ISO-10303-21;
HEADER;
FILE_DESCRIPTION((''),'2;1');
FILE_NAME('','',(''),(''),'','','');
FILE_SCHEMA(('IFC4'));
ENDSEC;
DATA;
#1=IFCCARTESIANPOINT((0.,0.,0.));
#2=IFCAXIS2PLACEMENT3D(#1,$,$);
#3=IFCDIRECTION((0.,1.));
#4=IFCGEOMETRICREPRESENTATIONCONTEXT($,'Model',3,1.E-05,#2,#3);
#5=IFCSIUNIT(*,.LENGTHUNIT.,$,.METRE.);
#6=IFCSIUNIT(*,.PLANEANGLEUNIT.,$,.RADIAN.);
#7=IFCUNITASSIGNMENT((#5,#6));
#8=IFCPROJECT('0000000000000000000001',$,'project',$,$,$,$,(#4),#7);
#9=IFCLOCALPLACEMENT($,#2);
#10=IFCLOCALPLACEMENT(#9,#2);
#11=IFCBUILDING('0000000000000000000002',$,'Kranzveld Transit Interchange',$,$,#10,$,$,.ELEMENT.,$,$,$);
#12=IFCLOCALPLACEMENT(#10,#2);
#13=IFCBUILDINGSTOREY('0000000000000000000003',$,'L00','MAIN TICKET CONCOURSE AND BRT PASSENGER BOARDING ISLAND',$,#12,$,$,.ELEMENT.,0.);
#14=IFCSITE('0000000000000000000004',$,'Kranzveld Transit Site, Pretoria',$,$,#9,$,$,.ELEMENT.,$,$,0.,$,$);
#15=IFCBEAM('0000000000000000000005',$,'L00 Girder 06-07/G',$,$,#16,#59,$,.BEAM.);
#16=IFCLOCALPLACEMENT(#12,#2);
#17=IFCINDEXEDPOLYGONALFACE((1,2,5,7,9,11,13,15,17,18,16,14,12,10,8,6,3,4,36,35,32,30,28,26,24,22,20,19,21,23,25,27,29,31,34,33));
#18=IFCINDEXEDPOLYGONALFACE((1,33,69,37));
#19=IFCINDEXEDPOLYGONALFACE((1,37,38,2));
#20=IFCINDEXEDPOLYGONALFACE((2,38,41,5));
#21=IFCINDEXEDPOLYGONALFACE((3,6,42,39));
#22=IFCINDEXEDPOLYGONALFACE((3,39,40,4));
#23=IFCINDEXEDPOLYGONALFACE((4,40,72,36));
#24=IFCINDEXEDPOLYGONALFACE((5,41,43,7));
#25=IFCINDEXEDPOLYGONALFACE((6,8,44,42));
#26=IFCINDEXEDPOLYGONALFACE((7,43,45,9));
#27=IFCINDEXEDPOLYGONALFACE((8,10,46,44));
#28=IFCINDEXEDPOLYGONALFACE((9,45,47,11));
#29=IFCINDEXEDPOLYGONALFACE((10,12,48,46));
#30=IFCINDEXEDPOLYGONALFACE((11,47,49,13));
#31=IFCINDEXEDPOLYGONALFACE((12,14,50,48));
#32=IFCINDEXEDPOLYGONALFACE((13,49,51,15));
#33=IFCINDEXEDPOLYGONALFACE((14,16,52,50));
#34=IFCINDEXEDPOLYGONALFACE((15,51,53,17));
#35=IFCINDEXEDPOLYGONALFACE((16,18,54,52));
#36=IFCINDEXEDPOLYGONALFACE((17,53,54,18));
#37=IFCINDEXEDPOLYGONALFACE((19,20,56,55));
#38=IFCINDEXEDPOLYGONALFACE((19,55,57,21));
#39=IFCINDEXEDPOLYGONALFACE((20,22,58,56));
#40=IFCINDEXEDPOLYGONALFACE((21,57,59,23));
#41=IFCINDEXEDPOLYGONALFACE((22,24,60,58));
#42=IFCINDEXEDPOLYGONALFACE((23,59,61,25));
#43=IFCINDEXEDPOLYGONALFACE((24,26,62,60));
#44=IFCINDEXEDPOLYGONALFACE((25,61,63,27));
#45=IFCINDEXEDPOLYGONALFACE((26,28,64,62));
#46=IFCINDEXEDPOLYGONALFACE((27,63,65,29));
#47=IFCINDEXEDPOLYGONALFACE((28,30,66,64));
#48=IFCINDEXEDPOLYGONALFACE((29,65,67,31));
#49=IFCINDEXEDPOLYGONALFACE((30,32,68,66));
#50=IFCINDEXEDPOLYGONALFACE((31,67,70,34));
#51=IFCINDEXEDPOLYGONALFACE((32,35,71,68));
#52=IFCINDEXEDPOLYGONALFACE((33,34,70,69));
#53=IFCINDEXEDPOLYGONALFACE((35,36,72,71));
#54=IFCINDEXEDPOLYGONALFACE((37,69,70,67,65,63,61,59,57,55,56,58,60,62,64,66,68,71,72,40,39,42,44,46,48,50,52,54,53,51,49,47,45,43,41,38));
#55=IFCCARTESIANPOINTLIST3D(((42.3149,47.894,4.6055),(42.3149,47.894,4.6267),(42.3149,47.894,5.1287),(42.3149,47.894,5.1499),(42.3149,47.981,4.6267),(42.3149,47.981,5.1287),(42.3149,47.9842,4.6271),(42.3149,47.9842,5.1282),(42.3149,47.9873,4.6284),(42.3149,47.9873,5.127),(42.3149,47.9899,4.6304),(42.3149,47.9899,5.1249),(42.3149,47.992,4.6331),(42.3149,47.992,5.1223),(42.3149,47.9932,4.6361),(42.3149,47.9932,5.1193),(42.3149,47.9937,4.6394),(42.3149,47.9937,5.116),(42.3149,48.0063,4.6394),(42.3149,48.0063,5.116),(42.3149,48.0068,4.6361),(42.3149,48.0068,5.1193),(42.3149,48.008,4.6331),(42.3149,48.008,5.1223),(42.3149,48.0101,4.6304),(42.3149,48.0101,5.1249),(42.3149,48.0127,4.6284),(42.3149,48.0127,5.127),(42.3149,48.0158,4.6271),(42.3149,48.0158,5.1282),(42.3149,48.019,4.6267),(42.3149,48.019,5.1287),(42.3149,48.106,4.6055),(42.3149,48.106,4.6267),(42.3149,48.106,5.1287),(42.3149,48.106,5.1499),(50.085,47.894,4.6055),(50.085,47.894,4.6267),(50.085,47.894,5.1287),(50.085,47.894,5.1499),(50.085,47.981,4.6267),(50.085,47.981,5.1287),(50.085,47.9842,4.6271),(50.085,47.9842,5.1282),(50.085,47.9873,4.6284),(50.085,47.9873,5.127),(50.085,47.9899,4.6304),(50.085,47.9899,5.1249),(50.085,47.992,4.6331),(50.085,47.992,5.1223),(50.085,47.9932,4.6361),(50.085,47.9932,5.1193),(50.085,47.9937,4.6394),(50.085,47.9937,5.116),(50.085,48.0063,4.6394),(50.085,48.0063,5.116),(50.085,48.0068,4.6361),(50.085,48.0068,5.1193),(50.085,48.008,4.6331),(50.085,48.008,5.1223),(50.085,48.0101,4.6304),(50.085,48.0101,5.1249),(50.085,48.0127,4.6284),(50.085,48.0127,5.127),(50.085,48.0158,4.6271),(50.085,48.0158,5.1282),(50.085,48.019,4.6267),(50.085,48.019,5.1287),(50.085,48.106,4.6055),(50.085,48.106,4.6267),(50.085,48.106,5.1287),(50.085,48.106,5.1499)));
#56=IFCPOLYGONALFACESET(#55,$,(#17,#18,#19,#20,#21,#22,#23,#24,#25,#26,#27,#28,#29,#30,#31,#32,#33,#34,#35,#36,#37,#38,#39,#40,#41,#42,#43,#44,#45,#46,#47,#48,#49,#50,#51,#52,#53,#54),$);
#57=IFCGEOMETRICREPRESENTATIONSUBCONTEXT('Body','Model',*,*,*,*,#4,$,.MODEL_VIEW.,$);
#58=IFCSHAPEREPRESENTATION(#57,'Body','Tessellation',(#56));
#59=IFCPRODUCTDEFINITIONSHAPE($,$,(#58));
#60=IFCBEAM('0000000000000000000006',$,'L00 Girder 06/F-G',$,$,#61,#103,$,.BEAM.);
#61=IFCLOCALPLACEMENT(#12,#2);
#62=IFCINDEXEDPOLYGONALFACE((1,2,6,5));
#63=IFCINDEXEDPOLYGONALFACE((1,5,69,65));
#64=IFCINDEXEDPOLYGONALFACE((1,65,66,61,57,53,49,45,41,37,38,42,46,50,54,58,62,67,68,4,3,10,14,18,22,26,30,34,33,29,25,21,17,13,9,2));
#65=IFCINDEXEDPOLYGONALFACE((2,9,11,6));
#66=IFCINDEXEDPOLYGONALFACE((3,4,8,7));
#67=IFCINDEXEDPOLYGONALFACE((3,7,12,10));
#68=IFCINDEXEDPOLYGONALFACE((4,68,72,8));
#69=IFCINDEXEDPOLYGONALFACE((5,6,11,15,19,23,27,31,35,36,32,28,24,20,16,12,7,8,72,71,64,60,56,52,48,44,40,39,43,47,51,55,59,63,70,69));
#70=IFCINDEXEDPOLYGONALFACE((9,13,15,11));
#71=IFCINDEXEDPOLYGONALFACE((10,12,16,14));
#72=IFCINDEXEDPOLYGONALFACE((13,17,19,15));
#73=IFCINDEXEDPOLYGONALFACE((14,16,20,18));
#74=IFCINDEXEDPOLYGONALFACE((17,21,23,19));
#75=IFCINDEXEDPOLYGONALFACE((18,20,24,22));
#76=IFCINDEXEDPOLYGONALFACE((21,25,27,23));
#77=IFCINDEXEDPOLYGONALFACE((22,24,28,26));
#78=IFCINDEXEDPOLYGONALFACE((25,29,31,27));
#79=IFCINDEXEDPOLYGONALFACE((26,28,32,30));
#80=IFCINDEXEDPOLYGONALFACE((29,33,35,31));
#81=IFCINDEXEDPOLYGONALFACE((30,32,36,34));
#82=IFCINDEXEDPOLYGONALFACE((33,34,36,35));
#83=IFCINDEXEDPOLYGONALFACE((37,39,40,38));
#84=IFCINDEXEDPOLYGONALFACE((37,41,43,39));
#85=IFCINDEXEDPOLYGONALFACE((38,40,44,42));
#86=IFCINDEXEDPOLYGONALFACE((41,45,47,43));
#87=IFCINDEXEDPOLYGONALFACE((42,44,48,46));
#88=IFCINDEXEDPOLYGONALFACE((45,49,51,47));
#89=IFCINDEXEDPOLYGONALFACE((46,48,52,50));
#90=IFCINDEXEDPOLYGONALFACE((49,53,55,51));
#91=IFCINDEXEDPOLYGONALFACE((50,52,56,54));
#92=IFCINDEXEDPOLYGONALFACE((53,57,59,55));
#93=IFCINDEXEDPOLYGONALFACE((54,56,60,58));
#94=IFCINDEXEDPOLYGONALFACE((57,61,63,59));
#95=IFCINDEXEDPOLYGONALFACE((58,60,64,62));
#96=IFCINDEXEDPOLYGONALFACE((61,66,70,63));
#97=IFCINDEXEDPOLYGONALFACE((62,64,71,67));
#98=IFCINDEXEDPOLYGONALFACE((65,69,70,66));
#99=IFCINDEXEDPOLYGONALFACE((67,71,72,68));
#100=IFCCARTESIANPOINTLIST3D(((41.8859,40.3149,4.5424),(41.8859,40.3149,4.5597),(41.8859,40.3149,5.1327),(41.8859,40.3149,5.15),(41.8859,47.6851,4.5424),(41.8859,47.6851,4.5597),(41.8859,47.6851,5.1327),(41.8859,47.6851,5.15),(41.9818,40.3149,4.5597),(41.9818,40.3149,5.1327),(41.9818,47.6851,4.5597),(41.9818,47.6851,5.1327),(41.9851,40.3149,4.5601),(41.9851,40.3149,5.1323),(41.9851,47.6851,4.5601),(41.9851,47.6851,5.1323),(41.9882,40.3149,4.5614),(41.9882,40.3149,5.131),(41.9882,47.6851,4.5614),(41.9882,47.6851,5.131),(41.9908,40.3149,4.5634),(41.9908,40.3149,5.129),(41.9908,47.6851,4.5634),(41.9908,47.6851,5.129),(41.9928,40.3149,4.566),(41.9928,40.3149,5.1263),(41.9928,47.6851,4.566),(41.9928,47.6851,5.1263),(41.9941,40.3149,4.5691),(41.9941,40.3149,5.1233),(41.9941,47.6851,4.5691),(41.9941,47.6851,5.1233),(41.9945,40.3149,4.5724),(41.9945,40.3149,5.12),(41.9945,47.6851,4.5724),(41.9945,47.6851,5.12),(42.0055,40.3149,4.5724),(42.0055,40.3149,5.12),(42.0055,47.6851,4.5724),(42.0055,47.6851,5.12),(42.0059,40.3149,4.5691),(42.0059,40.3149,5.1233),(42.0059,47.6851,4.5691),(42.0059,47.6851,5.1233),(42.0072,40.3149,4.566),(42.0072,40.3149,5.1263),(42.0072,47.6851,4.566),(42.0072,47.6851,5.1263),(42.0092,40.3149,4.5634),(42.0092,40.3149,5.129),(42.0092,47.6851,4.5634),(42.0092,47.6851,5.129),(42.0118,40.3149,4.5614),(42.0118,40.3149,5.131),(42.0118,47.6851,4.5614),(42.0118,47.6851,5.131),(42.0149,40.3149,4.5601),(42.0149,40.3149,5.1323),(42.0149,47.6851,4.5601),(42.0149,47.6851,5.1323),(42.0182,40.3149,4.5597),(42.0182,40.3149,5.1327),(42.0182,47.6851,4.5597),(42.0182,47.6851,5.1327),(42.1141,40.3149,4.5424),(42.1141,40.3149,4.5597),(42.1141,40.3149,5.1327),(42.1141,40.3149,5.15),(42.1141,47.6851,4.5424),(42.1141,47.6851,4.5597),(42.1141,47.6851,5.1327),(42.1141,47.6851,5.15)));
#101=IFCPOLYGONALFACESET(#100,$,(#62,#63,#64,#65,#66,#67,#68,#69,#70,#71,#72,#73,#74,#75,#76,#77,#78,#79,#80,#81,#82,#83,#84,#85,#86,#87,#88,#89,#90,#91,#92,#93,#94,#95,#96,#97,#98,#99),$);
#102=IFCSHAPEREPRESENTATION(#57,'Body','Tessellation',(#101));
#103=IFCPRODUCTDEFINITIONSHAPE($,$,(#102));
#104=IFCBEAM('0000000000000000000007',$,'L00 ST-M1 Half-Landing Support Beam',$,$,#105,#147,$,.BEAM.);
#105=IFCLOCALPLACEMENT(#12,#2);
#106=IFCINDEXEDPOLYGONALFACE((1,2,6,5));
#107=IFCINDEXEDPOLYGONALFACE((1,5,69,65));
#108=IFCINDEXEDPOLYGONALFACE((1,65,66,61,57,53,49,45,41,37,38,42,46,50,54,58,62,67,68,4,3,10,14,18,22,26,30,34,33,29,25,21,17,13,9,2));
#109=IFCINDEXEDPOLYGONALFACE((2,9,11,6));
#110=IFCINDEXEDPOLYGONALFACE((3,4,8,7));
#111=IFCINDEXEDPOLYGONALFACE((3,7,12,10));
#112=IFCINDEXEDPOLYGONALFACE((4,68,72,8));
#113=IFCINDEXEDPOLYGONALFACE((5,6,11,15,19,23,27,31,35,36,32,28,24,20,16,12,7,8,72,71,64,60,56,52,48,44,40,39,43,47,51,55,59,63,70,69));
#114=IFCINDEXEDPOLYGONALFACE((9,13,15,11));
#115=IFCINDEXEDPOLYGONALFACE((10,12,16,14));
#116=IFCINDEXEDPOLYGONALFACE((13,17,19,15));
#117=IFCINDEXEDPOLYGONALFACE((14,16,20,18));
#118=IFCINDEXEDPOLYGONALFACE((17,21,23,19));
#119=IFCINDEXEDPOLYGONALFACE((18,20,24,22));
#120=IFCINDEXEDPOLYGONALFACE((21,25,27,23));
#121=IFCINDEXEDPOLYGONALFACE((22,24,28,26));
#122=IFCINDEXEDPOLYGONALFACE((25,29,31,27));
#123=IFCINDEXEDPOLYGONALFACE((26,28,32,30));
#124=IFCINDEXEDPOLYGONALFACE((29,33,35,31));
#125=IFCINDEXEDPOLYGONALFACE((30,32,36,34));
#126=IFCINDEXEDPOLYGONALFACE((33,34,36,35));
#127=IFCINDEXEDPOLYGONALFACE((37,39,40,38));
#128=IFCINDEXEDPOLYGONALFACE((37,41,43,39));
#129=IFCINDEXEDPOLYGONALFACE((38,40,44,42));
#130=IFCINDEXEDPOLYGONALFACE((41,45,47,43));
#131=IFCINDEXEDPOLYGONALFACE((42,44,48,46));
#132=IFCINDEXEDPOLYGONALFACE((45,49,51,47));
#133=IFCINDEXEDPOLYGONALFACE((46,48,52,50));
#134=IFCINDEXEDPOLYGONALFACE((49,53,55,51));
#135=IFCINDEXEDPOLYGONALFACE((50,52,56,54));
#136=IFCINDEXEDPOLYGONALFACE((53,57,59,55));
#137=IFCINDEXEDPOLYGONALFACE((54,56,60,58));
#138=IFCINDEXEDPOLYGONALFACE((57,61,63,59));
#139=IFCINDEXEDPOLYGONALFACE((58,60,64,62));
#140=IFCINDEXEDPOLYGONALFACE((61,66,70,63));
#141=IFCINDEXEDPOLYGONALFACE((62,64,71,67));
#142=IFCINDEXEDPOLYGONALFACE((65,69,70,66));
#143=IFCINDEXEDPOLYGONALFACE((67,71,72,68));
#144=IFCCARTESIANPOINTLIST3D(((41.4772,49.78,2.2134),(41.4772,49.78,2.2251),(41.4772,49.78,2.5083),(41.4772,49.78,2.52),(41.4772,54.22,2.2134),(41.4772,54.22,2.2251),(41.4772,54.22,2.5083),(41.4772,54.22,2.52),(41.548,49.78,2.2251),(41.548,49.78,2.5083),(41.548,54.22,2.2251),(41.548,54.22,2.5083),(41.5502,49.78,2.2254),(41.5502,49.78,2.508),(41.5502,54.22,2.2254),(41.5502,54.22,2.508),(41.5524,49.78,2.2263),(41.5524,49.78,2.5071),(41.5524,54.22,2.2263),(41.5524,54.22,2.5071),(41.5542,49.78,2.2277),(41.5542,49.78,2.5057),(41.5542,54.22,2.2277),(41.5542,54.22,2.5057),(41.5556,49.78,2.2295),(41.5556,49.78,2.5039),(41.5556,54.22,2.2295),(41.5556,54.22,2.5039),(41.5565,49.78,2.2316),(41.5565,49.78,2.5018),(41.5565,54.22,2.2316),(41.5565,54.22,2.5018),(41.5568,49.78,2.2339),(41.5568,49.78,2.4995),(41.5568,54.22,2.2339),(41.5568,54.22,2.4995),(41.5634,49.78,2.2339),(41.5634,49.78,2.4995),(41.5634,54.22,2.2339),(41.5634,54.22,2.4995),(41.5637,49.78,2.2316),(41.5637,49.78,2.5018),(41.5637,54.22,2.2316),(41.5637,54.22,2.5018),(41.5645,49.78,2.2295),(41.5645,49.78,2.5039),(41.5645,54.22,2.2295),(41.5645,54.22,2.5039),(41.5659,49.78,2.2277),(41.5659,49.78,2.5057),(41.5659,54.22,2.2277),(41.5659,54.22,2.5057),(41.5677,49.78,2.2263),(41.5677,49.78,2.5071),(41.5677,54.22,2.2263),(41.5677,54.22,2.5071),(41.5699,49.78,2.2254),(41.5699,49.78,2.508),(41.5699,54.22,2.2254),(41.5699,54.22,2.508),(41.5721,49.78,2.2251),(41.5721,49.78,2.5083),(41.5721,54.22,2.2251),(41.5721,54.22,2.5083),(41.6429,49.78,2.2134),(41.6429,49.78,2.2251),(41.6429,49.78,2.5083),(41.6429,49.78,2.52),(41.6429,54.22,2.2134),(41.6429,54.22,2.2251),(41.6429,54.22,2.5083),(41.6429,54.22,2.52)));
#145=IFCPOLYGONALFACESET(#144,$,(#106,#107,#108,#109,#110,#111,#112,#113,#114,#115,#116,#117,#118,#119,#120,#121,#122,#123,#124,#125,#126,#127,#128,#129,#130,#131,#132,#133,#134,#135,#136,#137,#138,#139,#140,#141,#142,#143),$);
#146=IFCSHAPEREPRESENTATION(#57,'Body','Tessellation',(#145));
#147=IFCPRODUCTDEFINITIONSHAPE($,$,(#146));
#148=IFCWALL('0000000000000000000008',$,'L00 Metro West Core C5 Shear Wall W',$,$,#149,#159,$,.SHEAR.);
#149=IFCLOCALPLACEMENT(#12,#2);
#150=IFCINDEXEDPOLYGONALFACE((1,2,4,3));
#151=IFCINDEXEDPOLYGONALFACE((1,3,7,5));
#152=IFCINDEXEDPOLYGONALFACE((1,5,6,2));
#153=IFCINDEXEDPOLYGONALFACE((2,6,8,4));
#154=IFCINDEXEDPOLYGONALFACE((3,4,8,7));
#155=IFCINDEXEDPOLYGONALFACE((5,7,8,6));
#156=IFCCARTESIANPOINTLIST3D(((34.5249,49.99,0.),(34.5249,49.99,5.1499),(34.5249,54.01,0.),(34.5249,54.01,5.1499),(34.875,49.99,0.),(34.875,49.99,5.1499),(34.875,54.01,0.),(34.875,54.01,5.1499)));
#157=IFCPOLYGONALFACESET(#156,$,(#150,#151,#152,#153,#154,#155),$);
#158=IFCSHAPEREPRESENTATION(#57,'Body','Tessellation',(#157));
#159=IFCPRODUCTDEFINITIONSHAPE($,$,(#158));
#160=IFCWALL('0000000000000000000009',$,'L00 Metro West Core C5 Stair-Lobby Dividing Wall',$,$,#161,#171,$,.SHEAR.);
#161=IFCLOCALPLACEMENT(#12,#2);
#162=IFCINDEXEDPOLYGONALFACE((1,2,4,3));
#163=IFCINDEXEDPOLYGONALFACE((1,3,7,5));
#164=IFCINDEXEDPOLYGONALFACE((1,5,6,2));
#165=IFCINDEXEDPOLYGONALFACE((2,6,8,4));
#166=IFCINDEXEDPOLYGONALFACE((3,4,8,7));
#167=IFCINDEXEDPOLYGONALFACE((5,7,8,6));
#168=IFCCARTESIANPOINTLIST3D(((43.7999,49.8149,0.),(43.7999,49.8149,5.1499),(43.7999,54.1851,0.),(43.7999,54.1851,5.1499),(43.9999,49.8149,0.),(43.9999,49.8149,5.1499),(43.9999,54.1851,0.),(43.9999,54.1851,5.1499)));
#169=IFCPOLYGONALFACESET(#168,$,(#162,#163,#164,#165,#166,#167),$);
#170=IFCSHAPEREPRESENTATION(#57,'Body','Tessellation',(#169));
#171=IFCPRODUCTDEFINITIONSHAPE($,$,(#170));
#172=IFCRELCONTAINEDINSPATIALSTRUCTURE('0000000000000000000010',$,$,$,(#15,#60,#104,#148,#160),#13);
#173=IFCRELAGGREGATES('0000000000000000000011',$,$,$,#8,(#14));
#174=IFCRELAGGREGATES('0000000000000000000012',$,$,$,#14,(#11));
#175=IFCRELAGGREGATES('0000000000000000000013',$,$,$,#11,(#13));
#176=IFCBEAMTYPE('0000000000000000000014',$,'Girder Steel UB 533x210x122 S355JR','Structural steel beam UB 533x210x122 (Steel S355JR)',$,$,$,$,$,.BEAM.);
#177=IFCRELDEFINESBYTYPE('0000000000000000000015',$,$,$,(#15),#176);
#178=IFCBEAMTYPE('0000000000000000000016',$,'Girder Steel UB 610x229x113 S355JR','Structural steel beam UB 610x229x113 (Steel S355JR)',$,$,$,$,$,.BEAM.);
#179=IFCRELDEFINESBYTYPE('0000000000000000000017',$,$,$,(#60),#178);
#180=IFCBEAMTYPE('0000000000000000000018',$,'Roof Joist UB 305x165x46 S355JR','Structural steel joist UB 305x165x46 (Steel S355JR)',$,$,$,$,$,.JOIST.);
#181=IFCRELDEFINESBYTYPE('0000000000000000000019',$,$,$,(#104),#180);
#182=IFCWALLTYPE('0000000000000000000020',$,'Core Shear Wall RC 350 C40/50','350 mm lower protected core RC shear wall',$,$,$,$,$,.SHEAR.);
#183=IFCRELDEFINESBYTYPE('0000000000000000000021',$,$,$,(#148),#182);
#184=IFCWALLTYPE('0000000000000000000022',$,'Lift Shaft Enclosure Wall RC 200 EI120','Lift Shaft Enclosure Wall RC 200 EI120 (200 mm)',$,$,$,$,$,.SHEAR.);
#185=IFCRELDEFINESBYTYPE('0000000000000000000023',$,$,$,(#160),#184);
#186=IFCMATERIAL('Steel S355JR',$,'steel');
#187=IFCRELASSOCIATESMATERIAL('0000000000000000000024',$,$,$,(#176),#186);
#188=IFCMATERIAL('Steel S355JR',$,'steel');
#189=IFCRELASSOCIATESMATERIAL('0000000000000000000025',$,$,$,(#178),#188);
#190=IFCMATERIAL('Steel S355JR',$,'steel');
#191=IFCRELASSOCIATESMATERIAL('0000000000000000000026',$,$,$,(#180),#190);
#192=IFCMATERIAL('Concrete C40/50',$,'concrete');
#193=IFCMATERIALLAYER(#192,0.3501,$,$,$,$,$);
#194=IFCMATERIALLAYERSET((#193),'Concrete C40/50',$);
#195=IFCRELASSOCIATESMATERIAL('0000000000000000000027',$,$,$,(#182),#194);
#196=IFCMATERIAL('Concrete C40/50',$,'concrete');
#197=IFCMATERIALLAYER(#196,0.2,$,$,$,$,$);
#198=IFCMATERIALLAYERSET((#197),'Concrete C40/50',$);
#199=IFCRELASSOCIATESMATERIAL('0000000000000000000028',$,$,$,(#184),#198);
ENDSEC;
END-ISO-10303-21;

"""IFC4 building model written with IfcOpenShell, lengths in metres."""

from ifc_helpers import new_model, si_unit, direction, frame, frame_2d, origin, origin_2d, place, context, subcontext, project, spatial, rectangle, i_section, extrude, material, layer, layer_set, material_profile, profile_set, type_object, element, save


model = new_model("IFC4")

# Units and contexts
model_context = context("Model", 3, precision=1e-05, world=origin(), true_north=direction((0.0, 1.0)))
body_context = subcontext(model_context, "Body", "Model", "MODEL_VIEW")
ifc_project = project(units=[si_unit("LENGTHUNIT", "METRE"), si_unit("PLANEANGLEUNIT", "RADIAN")], contexts=[model_context])

# Site, building, storey
site_placement = place(None, origin())
site = spatial("IfcSite", under=ifc_project, at=site_placement, Name="Kranzveld Transit Site, Pretoria", CompositionType="ELEMENT", RefElevation=0.0)
building_placement = place(site_placement, origin())
building = spatial("IfcBuilding", under=site, at=building_placement, Name="Kranzveld Transit Interchange", CompositionType="ELEMENT")
storey_placement = place(building_placement, origin())
storey = spatial("IfcBuildingStorey", under=building, at=storey_placement, Name="L00", Description="MAIN TICKET CONCOURSE AND BRT PASSENGER BOARDING ISLAND", CompositionType="ELEMENT", Elevation=0.0)

# Beams
ifc_material_1 = material(Name="Steel S355JR", Category="steel")
ifc_material_profile_1 = material_profile(ifc_material_1, i_section(OverallWidth=0.2119, OverallDepth=0.5444, WebThickness=0.0127, FlangeThickness=0.0212, FilletRadius=0.0127, at=origin_2d()), Name="UB 533x210x122")
ifc_profile_set_1 = profile_set([ifc_material_profile_1], Name="Steel S355JR")
beam_type_1 = type_object("IfcBeamType", Name="Girder Steel UB 533x210x122 S355JR", Description="Structural steel beam UB 533x210x122 (Steel S355JR)", PredefinedType="BEAM", material=ifc_profile_set_1)
beam_1_placement = place(storey_placement, frame((42.3149, 48.0, 4.8777), z_axis=(1.0, 0.0, 0.0), x_axis=(0.0, 1.0, 0.0)))
element("IfcBeam", 1, at=beam_1_placement, inside=storey, type_object=beam_type_1, Name="L00 Girder 06-07/G", PredefinedType="BEAM", context=body_context, shape_type="SweptSolid", body=[
    extrude(i_section(OverallWidth=0.2119, OverallDepth=0.5444, WebThickness=0.0127, FlangeThickness=0.0212, FilletRadius=0.0127, at=origin_2d()), origin(), (0.0, 0.0, 1.0), 7.77),
])
ifc_material_2 = material(Name="Steel S355JR", Category="steel")
ifc_material_profile_2 = material_profile(ifc_material_2, i_section(OverallWidth=0.2283, OverallDepth=0.6077, WebThickness=0.011, FlangeThickness=0.0173, FilletRadius=0.0127, at=origin_2d()), Name="UB 610x229x113")
ifc_profile_set_2 = profile_set([ifc_material_profile_2], Name="Steel S355JR")
beam_type_2 = type_object("IfcBeamType", Name="Girder Steel UB 610x229x113 S355JR", Description="Structural steel beam UB 610x229x113 (Steel S355JR)", PredefinedType="BEAM", material=ifc_profile_set_2)
beam_2_placement = place(storey_placement, frame((42.0, 40.3149, 4.8462), z_axis=(0.0, 1.0, 0.0), x_axis=(-1.0, 0.0, 0.0)))
element("IfcBeam", 2, at=beam_2_placement, inside=storey, type_object=beam_type_2, Name="L00 Girder 06/F-G", PredefinedType="BEAM", context=body_context, shape_type="SweptSolid", body=[
    extrude(i_section(OverallWidth=0.2283, OverallDepth=0.6077, WebThickness=0.011, FlangeThickness=0.0173, FilletRadius=0.0127, at=origin_2d()), origin(), (0.0, 0.0, 1.0), 7.3701),
])
ifc_material_3 = material(Name="Steel S355JR", Category="steel")
ifc_material_profile_3 = material_profile(ifc_material_3, i_section(OverallWidth=0.1658, OverallDepth=0.3066, WebThickness=0.0066, FlangeThickness=0.0117, FilletRadius=0.0088, at=origin_2d()), Name="UB 305x165x46")
ifc_profile_set_3 = profile_set([ifc_material_profile_3], Name="Steel S355JR")
beam_type_3 = type_object("IfcBeamType", Name="Roof Joist UB 305x165x46 S355JR", Description="Structural steel joist UB 305x165x46 (Steel S355JR)", PredefinedType="JOIST", material=ifc_profile_set_3)
beam_3_placement = place(storey_placement, frame((41.5601, 49.78, 2.3667), z_axis=(0.0, 1.0, 0.0), x_axis=(-1.0, 0.0, 0.0)))
element("IfcBeam", 3, at=beam_3_placement, inside=storey, type_object=beam_type_3, Name="L00 ST-M1 Half-Landing Support Beam", PredefinedType="BEAM", context=body_context, shape_type="SweptSolid", body=[
    extrude(i_section(OverallWidth=0.1658, OverallDepth=0.3066, WebThickness=0.0066, FlangeThickness=0.0117, FilletRadius=0.0088, at=origin_2d()), origin(), (0.0, 0.0, 1.0), 4.4399),
])

# Shared definitions
ifc_material_4 = material(Name="Concrete C40/50", Category="concrete")
ifc_layer_1 = layer(ifc_material_4, 0.3501)
ifc_layer_set_1 = layer_set([ifc_layer_1], Name="Concrete C40/50")
wall_type_1 = type_object("IfcWallType", Name="Core Shear Wall RC 350 C40/50", Description="350 mm lower protected core RC shear wall", PredefinedType="SHEAR", material=ifc_layer_set_1)

# Walls
wall_1_placement = place(storey_placement, frame((34.7, 49.99, 0.0), z_axis=(0.0, 0.0, 1.0), x_axis=(0.0, 1.0, 0.0)))
element("IfcWall", 4, at=wall_1_placement, inside=storey, type_object=wall_type_1, Name="L00 Metro West Core C5 Shear Wall W", PredefinedType="SHEAR", context=body_context, shape_type="SweptSolid", body=[
    extrude(rectangle(XDim=4.02, YDim=0.3501, at=frame_2d((2.01, 0.0))), origin(), (0.0, 0.0, 1.0), 5.1499),
])
ifc_material_5 = material(Name="Concrete C40/50", Category="concrete")
ifc_layer_2 = layer(ifc_material_5, 0.2)
ifc_layer_set_2 = layer_set([ifc_layer_2], Name="Concrete C40/50")
wall_type_2 = type_object("IfcWallType", Name="Lift Shaft Enclosure Wall RC 200 EI120", Description="Lift Shaft Enclosure Wall RC 200 EI120 (200 mm)", PredefinedType="SHEAR", material=ifc_layer_set_2)
wall_2_placement = place(storey_placement, frame((43.8999, 49.8149, 0.0), z_axis=(0.0, 0.0, 1.0), x_axis=(0.0, 1.0, 0.0)))
element("IfcWall", 5, at=wall_2_placement, inside=storey, type_object=wall_type_2, Name="L00 Metro West Core C5 Stair-Lobby Dividing Wall", PredefinedType="SHEAR", context=body_context, shape_type="SweptSolid", body=[
    extrude(rectangle(XDim=4.3701, YDim=0.2, at=frame_2d((2.1851, 0.0))), origin(), (0.0, 0.0, 1.0), 5.1499),
])

save(model, "model.ifc")
